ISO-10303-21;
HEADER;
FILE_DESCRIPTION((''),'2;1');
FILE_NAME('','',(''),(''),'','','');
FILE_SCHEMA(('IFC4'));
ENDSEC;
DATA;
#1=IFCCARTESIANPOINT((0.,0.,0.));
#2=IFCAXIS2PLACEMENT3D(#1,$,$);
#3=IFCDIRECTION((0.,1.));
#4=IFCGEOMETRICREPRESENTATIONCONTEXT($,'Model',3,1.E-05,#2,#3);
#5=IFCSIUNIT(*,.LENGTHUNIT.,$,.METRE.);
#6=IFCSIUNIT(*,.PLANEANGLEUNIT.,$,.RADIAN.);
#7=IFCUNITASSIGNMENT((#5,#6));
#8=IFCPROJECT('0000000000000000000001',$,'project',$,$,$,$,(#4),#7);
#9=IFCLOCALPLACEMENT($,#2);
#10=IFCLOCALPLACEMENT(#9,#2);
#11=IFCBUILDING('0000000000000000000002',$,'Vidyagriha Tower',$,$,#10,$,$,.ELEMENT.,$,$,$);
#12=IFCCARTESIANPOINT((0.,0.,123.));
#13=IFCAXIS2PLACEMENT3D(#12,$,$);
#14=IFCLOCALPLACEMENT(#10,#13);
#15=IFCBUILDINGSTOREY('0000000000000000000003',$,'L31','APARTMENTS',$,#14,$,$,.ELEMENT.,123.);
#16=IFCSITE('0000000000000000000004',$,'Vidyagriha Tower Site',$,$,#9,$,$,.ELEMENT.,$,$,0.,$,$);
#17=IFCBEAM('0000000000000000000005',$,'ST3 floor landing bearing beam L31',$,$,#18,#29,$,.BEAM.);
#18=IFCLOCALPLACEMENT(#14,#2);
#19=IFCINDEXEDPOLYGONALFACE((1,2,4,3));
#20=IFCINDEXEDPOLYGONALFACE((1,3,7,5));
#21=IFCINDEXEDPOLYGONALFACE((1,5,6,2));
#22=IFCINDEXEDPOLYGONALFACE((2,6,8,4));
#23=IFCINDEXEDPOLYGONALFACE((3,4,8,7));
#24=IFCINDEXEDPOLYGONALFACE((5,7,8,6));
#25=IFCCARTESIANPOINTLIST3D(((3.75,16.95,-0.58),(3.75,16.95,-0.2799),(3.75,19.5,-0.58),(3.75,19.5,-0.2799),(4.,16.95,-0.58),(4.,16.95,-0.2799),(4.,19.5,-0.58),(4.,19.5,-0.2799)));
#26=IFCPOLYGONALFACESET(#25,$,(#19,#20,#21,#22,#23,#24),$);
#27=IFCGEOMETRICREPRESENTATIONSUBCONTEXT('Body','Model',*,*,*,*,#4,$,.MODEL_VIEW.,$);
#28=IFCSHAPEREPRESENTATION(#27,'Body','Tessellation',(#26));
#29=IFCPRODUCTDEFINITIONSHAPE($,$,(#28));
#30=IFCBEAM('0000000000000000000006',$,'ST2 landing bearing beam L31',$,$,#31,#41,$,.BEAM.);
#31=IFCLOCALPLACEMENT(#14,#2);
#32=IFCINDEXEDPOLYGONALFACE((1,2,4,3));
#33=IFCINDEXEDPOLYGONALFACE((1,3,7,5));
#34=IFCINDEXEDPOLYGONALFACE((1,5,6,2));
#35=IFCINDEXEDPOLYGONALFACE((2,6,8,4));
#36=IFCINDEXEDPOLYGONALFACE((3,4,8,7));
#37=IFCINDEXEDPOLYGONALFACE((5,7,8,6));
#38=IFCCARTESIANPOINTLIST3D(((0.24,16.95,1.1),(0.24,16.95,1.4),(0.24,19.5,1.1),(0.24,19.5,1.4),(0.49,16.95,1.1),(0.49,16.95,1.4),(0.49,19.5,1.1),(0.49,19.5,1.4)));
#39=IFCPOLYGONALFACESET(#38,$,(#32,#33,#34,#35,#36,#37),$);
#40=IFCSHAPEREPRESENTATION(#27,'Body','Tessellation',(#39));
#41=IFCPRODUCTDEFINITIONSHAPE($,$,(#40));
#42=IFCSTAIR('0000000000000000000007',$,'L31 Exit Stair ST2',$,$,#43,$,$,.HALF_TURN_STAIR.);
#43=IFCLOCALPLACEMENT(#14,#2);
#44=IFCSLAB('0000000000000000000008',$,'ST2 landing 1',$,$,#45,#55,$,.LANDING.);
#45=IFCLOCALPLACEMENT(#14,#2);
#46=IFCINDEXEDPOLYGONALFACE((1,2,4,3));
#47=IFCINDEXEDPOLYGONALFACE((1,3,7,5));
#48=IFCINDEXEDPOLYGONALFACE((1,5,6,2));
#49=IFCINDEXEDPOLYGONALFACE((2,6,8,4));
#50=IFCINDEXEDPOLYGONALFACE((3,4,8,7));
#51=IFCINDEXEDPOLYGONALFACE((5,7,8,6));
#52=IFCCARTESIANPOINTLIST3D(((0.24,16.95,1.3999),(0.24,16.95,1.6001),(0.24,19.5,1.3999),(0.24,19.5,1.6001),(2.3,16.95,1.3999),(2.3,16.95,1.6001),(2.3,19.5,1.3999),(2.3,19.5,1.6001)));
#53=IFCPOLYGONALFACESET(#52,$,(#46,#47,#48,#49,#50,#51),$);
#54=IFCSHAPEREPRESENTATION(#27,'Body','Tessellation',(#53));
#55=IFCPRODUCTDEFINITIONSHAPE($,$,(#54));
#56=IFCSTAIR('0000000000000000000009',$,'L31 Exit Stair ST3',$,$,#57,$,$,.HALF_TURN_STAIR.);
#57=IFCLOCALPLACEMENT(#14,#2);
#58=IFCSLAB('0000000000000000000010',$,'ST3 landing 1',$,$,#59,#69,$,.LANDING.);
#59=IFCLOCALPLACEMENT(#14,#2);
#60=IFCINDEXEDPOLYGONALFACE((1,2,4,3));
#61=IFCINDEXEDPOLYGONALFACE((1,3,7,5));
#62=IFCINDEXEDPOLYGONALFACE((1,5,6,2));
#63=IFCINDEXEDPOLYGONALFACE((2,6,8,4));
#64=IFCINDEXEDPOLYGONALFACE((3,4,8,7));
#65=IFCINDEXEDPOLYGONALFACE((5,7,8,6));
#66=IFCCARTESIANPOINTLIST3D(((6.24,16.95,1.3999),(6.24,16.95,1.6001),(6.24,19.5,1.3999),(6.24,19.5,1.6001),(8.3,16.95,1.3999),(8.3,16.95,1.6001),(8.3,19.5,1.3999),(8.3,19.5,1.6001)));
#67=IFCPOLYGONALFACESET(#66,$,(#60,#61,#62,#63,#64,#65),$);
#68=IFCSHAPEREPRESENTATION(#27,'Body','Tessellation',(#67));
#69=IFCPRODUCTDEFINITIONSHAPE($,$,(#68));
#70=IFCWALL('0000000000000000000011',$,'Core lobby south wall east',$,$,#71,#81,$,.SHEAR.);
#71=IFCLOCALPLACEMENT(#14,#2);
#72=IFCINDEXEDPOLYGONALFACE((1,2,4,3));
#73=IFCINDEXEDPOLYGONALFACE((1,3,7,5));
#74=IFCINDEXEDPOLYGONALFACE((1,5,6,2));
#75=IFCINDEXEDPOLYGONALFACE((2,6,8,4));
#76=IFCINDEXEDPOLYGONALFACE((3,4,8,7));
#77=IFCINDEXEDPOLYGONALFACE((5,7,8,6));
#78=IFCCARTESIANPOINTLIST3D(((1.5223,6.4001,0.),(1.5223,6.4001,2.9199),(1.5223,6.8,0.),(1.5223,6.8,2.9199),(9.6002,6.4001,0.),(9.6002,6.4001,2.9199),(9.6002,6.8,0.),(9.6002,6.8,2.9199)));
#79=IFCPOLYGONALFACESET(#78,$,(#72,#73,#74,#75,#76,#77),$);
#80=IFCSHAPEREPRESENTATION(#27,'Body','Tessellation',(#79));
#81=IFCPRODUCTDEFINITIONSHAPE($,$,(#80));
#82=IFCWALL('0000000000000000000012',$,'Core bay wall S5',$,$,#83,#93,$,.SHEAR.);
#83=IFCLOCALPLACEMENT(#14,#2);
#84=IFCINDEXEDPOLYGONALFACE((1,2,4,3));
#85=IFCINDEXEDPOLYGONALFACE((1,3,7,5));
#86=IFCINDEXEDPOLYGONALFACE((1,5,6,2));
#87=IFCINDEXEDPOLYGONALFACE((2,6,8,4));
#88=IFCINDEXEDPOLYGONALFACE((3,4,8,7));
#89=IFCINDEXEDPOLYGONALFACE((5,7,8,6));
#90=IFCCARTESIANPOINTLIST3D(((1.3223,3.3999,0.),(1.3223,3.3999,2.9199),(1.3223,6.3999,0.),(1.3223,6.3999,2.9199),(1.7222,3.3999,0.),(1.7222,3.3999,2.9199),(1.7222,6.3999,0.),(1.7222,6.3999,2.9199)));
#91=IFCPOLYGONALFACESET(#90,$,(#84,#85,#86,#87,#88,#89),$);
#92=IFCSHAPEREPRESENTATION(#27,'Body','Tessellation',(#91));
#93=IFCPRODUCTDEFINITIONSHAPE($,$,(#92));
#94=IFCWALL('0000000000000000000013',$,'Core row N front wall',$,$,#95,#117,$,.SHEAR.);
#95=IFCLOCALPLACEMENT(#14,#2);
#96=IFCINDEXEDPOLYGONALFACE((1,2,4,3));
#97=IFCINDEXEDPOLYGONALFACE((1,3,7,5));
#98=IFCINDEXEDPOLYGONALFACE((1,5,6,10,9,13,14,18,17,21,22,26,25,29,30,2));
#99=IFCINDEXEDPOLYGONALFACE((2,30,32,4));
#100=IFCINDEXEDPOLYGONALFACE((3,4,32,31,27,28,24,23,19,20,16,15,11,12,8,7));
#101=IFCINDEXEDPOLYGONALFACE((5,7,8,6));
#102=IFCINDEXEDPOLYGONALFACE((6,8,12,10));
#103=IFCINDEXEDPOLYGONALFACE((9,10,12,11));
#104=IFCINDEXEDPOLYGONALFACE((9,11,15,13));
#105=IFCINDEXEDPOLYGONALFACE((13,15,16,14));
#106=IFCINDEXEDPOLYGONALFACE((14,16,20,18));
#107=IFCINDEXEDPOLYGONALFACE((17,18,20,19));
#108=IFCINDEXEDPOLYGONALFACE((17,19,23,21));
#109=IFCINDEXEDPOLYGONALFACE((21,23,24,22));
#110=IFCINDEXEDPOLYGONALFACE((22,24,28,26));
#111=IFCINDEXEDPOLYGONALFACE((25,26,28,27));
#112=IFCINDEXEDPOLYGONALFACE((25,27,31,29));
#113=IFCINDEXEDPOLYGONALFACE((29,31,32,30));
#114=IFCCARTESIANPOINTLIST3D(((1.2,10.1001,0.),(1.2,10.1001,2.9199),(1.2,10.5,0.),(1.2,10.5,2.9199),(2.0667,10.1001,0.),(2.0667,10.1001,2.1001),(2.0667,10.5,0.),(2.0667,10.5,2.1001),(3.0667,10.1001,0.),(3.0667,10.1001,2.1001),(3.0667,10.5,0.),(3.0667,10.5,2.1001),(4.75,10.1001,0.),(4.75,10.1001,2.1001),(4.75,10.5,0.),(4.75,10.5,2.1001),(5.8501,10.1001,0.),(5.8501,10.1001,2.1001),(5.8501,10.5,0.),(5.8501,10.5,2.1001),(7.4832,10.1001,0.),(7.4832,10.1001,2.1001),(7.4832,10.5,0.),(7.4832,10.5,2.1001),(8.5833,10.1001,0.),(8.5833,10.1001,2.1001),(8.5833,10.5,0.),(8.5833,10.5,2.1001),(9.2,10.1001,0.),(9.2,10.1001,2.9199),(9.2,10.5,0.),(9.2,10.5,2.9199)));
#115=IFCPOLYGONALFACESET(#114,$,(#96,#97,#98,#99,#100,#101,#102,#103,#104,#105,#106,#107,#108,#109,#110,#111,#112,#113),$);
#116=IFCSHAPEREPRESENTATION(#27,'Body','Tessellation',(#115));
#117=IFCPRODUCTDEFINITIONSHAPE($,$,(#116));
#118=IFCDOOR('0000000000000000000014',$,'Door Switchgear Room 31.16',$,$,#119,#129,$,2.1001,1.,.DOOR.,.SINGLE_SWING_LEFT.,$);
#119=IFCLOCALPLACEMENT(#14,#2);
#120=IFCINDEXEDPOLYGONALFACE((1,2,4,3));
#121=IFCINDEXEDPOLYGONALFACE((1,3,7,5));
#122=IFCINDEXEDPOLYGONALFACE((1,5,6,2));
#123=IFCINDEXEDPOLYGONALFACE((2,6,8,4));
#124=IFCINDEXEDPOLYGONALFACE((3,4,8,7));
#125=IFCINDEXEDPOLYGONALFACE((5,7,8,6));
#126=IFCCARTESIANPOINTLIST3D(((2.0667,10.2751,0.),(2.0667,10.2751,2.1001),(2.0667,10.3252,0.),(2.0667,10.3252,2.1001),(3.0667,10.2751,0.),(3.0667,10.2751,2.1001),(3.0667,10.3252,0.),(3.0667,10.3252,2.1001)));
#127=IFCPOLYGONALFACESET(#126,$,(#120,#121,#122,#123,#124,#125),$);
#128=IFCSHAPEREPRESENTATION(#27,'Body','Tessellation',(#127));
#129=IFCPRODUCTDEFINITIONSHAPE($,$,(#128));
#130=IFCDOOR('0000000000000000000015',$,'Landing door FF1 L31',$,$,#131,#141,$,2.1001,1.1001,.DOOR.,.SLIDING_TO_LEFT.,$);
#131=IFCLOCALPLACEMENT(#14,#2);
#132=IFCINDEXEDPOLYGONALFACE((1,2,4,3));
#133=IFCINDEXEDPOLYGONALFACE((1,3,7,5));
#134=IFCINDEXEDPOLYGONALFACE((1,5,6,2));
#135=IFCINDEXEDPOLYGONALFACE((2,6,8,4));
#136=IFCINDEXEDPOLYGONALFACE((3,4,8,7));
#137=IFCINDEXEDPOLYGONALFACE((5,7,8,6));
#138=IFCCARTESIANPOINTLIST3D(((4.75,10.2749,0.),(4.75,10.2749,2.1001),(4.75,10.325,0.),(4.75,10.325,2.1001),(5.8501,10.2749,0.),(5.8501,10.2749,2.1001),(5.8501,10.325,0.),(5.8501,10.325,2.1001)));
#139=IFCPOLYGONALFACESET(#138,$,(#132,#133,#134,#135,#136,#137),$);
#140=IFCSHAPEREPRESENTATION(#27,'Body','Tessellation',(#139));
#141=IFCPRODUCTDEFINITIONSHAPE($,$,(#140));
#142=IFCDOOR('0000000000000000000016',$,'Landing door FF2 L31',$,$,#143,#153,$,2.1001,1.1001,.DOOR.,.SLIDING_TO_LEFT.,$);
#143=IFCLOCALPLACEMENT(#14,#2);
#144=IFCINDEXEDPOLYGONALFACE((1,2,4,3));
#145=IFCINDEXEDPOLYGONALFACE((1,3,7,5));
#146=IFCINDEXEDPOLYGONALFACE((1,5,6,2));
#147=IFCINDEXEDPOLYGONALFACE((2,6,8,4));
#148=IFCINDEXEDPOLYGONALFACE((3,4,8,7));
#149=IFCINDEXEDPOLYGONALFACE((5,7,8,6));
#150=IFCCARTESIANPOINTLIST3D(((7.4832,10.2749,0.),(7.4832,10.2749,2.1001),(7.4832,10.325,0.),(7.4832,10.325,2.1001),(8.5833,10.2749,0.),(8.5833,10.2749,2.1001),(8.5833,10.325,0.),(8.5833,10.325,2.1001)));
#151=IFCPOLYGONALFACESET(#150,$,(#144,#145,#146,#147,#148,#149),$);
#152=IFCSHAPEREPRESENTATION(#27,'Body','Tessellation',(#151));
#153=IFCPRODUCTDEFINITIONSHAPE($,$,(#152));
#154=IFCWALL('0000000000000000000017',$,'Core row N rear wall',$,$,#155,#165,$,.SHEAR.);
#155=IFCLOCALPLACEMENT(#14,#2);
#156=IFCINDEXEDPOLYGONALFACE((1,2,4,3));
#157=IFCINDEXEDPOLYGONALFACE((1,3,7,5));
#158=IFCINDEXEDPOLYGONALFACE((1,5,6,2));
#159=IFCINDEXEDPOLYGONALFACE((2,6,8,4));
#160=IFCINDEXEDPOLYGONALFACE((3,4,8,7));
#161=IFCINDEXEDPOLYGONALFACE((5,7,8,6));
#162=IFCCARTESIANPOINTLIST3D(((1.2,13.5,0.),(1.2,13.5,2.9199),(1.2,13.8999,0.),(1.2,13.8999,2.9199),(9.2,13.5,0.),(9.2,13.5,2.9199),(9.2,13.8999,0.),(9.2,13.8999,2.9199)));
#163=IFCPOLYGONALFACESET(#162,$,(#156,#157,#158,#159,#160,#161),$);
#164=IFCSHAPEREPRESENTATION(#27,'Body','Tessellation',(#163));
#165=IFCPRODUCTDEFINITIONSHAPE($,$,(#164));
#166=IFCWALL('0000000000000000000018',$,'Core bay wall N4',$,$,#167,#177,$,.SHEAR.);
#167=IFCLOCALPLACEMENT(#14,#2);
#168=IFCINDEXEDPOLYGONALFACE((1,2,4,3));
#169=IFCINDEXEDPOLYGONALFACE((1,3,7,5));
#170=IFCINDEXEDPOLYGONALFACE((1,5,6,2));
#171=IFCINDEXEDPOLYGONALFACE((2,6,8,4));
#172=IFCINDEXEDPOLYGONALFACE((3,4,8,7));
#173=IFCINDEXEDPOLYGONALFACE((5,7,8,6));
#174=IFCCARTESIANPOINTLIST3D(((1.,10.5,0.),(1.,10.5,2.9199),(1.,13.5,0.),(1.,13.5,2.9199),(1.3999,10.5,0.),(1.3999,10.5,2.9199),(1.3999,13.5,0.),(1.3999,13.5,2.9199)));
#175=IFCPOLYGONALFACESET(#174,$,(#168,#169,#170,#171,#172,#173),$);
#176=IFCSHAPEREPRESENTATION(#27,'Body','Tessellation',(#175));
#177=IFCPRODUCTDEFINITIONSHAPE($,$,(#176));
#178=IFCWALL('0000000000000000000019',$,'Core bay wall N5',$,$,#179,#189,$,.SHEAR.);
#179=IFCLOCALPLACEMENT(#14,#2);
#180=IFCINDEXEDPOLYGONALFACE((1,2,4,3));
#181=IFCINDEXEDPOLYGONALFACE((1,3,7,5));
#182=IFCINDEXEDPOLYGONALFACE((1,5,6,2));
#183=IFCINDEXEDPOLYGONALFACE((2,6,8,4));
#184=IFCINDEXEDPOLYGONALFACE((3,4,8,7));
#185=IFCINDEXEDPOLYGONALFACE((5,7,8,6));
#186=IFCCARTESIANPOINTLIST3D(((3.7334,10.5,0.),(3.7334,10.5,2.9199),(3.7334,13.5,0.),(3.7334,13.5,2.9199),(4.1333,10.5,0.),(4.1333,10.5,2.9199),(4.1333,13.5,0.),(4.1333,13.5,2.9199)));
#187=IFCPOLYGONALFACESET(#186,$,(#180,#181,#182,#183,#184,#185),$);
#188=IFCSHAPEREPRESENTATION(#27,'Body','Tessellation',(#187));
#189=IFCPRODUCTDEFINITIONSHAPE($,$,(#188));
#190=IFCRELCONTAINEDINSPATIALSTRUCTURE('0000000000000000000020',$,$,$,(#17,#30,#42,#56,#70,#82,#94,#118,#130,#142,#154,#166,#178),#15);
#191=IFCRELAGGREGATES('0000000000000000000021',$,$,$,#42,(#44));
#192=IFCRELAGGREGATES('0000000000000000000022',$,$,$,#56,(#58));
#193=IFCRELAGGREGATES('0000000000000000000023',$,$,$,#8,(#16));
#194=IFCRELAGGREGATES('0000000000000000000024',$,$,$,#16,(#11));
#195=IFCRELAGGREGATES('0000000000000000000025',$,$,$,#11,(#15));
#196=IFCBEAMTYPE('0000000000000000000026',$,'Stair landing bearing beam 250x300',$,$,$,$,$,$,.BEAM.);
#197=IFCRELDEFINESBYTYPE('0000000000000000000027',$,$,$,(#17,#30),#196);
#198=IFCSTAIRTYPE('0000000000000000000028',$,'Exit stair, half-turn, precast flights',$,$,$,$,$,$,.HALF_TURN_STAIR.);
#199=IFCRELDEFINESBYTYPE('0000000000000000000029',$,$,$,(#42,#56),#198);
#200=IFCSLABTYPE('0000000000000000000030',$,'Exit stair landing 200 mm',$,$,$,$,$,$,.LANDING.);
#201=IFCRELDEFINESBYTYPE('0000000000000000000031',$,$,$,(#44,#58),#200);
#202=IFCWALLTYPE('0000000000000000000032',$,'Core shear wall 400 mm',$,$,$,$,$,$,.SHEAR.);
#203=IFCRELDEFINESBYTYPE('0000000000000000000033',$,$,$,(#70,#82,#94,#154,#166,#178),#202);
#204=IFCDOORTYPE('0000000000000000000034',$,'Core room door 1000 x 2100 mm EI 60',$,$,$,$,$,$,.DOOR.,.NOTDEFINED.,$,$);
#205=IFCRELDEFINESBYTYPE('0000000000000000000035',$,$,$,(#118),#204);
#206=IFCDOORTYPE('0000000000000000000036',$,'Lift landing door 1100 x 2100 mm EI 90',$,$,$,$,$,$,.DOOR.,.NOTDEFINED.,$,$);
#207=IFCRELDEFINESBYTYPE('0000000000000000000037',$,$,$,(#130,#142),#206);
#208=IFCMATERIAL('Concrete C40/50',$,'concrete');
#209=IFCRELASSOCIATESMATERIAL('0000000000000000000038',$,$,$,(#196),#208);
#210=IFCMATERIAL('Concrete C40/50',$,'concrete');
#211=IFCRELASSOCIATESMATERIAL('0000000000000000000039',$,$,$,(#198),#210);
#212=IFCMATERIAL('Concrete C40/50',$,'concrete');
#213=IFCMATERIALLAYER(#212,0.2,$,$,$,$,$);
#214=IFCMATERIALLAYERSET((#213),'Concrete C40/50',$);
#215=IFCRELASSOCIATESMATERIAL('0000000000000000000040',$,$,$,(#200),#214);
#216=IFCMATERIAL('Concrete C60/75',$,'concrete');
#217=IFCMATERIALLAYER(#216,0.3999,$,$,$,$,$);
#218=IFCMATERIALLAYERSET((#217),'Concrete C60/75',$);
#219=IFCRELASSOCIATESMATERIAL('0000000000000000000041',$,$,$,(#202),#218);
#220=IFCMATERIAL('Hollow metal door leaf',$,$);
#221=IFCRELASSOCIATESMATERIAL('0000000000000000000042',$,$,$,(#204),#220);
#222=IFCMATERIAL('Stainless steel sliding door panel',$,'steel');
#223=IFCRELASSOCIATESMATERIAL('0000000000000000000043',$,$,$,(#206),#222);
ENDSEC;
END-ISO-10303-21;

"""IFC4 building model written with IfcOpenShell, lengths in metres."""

from ifc_helpers import new_model, si_unit, direction, frame, frame_2d, origin, origin_2d, place, context, subcontext, project, spatial, polyline, rectangle, outline, extrude, material, layer, layer_set, material_profile, profile_set, type_object, element, fill, aggregate, save


model = new_model("IFC4")

# Units and contexts
model_context = context("Model", 3, precision=1e-05, world=origin(), true_north=direction((0.0, 1.0)))
body_context = subcontext(model_context, "Body", "Model", "MODEL_VIEW")
ifc_project = project(units=[si_unit("LENGTHUNIT", "METRE"), si_unit("PLANEANGLEUNIT", "RADIAN")], contexts=[model_context])

# Site, building, storey
site_placement = place(None, origin())
site = spatial("IfcSite", under=ifc_project, at=site_placement, Name="Vidyagriha Tower Site", CompositionType="ELEMENT", RefElevation=0.0)
building_placement = place(site_placement, origin())
building = spatial("IfcBuilding", under=site, at=building_placement, Name="Vidyagriha Tower", CompositionType="ELEMENT")
storey_placement = place(building_placement, frame((0.0, 0.0, 123.0)))
storey = spatial("IfcBuildingStorey", under=building, at=storey_placement, Name="L31", Description="APARTMENTS", CompositionType="ELEMENT", Elevation=123.0)

# Beams
ifc_material_1 = material(Name="Concrete C40/50", Category="concrete")
ifc_material_profile = material_profile(ifc_material_1, rectangle(XDim=0.25, YDim=0.3, at=origin_2d()), Name="Stair landing bearing beam 250x300")
ifc_profile_set = profile_set([ifc_material_profile], Name="Concrete C40/50")
beam_type = type_object("IfcBeamType", Name="Stair landing bearing beam 250x300", PredefinedType="BEAM", material=ifc_profile_set)
for number, where, z_axis, x_axis, name in (
    (1, (3.875, 16.95, -0.4299), (0.0, 1.0, 0.0), (-1.0, 0.0, 0.0), "ST3 floor landing bearing beam L31"),
    (2, (0.365, 16.95, 1.25), (0.0, 1.0, 0.0), (-1.0, 0.0, 0.0), "ST2 landing bearing beam L31"),
):
    element("IfcBeam", number, at=place(storey_placement, frame(where, z_axis=z_axis, x_axis=x_axis)), inside=storey, type_object=beam_type, Name=name, PredefinedType="BEAM", context=body_context, shape_type="SweptSolid", body=[
        extrude(rectangle(XDim=0.25, YDim=0.3, at=origin_2d()), origin(), (0.0, 0.0, 1.0), 2.55),
    ])

# Stairs, slabs
ifc_material_2 = material(Name="Concrete C40/50", Category="concrete")
stair_type = type_object("IfcStairType", Name="Exit stair, half-turn, precast flights", PredefinedType="HALF_TURN_STAIR", material=ifc_material_2)
stair_1_placement = place(storey_placement, origin())
stair_1 = element("IfcStair", 3, at=stair_1_placement, inside=storey, type_object=stair_type, Name="L31 Exit Stair ST2", PredefinedType="HALF_TURN_STAIR")
ifc_material_3 = material(Name="Concrete C40/50", Category="concrete")
ifc_layer_1 = layer(ifc_material_3, 0.2)
ifc_layer_set_1 = layer_set([ifc_layer_1], Name="Concrete C40/50")
slab_type = type_object("IfcSlabType", Name="Exit stair landing 200 mm", PredefinedType="LANDING", material=ifc_layer_set_1)
slab_1_placement = place(storey_placement, frame((0.0, 0.0, 1.3999)))
slab_1 = element("IfcSlab", 4, at=slab_1_placement, type_object=slab_type, Name="ST2 landing 1", PredefinedType="LANDING", context=body_context, shape_type="SweptSolid", body=[
    extrude(outline(polyline([(0.24, 16.95), (2.3, 16.95), (2.3, 19.5), (0.24, 19.5), (0.24, 16.95)])), origin(), (0.0, 0.0, 1.0), 0.2002),
])
aggregate(stair_1, [slab_1])
stair_2_placement = place(storey_placement, origin())
stair_2 = element("IfcStair", 5, at=stair_2_placement, inside=storey, type_object=stair_type, Name="L31 Exit Stair ST3", PredefinedType="HALF_TURN_STAIR")
slab_2_placement = place(storey_placement, frame((0.0, 0.0, 1.3999)))
slab_2 = element("IfcSlab", 6, at=slab_2_placement, type_object=slab_type, Name="ST3 landing 1", PredefinedType="LANDING", context=body_context, shape_type="SweptSolid", body=[
    extrude(outline(polyline([(6.24, 16.95), (8.3, 16.95), (8.3, 19.5), (6.24, 19.5), (6.24, 16.95)])), origin(), (0.0, 0.0, 1.0), 0.2002),
])
aggregate(stair_2, [slab_2])

# Walls
ifc_material_4 = material(Name="Concrete C60/75", Category="concrete")
ifc_layer_2 = layer(ifc_material_4, 0.3999)
ifc_layer_set_2 = layer_set([ifc_layer_2], Name="Concrete C60/75")
wall_type_1 = type_object("IfcWallType", Name="Core shear wall 400 mm", PredefinedType="SHEAR", material=ifc_layer_set_2)
wall_1_placement = place(storey_placement, frame((1.5222, 6.6001, 0.0)))
element("IfcWall", 7, at=wall_1_placement, inside=storey, type_object=wall_type_1, Name="Core lobby south wall east", PredefinedType="SHEAR", context=body_context, shape_type="SweptSolid", body=[
    extrude(rectangle(XDim=8.0779, YDim=0.3999, at=frame_2d((4.0391, 0.0))), origin(), (0.0, 0.0, 1.0), 2.9199),
])
wall_2_placement = place(storey_placement, frame((1.5222, 3.3999, 0.0), z_axis=(0.0, 0.0, 1.0), x_axis=(0.0, 1.0, 0.0)))
element("IfcWall", 8, at=wall_2_placement, inside=storey, type_object=wall_type_1, Name="Core bay wall S5", PredefinedType="SHEAR", context=body_context, shape_type="SweptSolid", body=[
    extrude(rectangle(XDim=3.0, YDim=0.3999, at=frame_2d((1.5, 0.0))), origin(), (0.0, 0.0, 1.0), 2.9199),
])

# Wall, openings, doors
wall_3_placement = place(storey_placement, frame((1.2, 10.3, 0.0)))
wall_3 = element("IfcWall", 9, at=wall_3_placement, inside=storey, type_object=wall_type_1, Name="Core row N front wall", PredefinedType="SHEAR", context=body_context, shape_type="SweptSolid", body=[
    extrude(rectangle(XDim=8.0, YDim=0.3999, at=frame_2d((4.0, 0.0))), origin(), (0.0, 0.0, 1.0), 2.9199),
])
opening_1_placement = place(wall_3_placement, frame((3.55, 0.0, 0.0)))
opening_1 = element("IfcOpeningElement", 10, at=opening_1_placement, cuts=wall_3, PredefinedType="OPENING", context=body_context, shape_type="SweptSolid", body=[
    extrude(rectangle(XDim=1.1001, YDim=2.1001, at=frame_2d((0.55, 1.05))), frame((0.0, 0.21, 0.0), z_axis=(0.0, -1.0, 0.0), x_axis=(1.0, 0.0, 0.0)), (0.0, 0.0, 1.0), 0.4199),
])
opening_2_placement = place(wall_3_placement, frame((6.2832, 0.0, 0.0)))
opening_2 = element("IfcOpeningElement", 11, at=opening_2_placement, cuts=wall_3, PredefinedType="OPENING", context=body_context, shape_type="SweptSolid", body=[
    extrude(rectangle(XDim=1.1001, YDim=2.1001, at=frame_2d((0.55, 1.05))), frame((0.0, 0.21, 0.0), z_axis=(0.0, -1.0, 0.0), x_axis=(1.0, 0.0, 0.0)), (0.0, 0.0, 1.0), 0.4199),
])
opening_3_placement = place(wall_3_placement, frame((0.8667, 0.0, 0.0)))
opening_3 = element("IfcOpeningElement", 12, at=opening_3_placement, cuts=wall_3, PredefinedType="OPENING", context=body_context, shape_type="SweptSolid", body=[
    extrude(rectangle(XDim=1.0, YDim=2.1001, at=frame_2d((0.5, 1.05))), frame((0.0, 0.21, 0.0), z_axis=(0.0, -1.0, 0.0), x_axis=(1.0, 0.0, 0.0)), (0.0, 0.0, 1.0), 0.4199),
])
ifc_material_5 = material(Name="Hollow metal door leaf")
door_type_1 = type_object("IfcDoorType", Name="Core room door 1000 x 2100 mm EI 60", OperationType="NOTDEFINED", PredefinedType="DOOR", material=ifc_material_5)
door_1_placement = place(opening_3_placement, frame((1.0, 0.0, 0.0), z_axis=(0.0, 0.0, 1.0), x_axis=(-1.0, 0.0, 0.0)))
door_1 = element("IfcDoor", 13, at=door_1_placement, inside=storey, type_object=door_type_1, Name="Door Switchgear Room 31.16", OperationType="SINGLE_SWING_LEFT", OverallHeight=2.1001, OverallWidth=1.0, PredefinedType="DOOR", context=body_context, shape_type="SweptSolid", body=[
    extrude(rectangle(XDim=1.0, YDim=2.1001, at=frame_2d((0.5, 1.05))), frame((0.0, 0.0249, 0.0), z_axis=(0.0, -1.0, 0.0), x_axis=(1.0, 0.0, 0.0)), (0.0, 0.0, 1.0), 0.05),
])
fill(opening_3, door_1)
ifc_material_6 = material(Name="Stainless steel sliding door panel", Category="steel")
door_type_2 = type_object("IfcDoorType", Name="Lift landing door 1100 x 2100 mm EI 90", OperationType="NOTDEFINED", PredefinedType="DOOR", material=ifc_material_6)
door_2_placement = place(opening_1_placement, origin())
door_2 = element("IfcDoor", 14, at=door_2_placement, inside=storey, type_object=door_type_2, Name="Landing door FF1 L31", OperationType="SLIDING_TO_LEFT", OverallHeight=2.1001, OverallWidth=1.1001, PredefinedType="DOOR", context=body_context, shape_type="SweptSolid", body=[
    extrude(rectangle(XDim=1.1001, YDim=2.1001, at=frame_2d((0.55, 1.05))), frame((0.0, 0.0249, 0.0), z_axis=(0.0, -1.0, 0.0), x_axis=(1.0, 0.0, 0.0)), (0.0, 0.0, 1.0), 0.05),
])
fill(opening_1, door_2)
door_3_placement = place(opening_2_placement, origin())
door_3 = element("IfcDoor", 15, at=door_3_placement, inside=storey, type_object=door_type_2, Name="Landing door FF2 L31", OperationType="SLIDING_TO_LEFT", OverallHeight=2.1001, OverallWidth=1.1001, PredefinedType="DOOR", context=body_context, shape_type="SweptSolid", body=[
    extrude(rectangle(XDim=1.1001, YDim=2.1001, at=frame_2d((0.55, 1.05))), frame((0.0, 0.0249, 0.0), z_axis=(0.0, -1.0, 0.0), x_axis=(1.0, 0.0, 0.0)), (0.0, 0.0, 1.0), 0.05),
])
fill(opening_2, door_3)

# Walls
wall_4_placement = place(storey_placement, frame((1.2, 13.7, 0.0)))
element("IfcWall", 16, at=wall_4_placement, inside=storey, type_object=wall_type_1, Name="Core row N rear wall", PredefinedType="SHEAR", context=body_context, shape_type="SweptSolid", body=[
    extrude(rectangle(XDim=8.0, YDim=0.3999, at=frame_2d((4.0, 0.0))), origin(), (0.0, 0.0, 1.0), 2.9199),
])
for number, where, z_axis, x_axis, name in (
    (17, (1.2, 10.5, 0.0), (0.0, 0.0, 1.0), (0.0, 1.0, 0.0), "Core bay wall N4"),
    (18, (3.9333, 10.5, 0.0), (0.0, 0.0, 1.0), (0.0, 1.0, 0.0), "Core bay wall N5"),
):
    element("IfcWall", number, at=place(storey_placement, frame(where, z_axis=z_axis, x_axis=x_axis)), inside=storey, type_object=wall_type_1, Name=name, PredefinedType="SHEAR", context=body_context, shape_type="SweptSolid", body=[
        extrude(rectangle(XDim=3.0, YDim=0.3999, at=frame_2d((1.5, 0.0))), origin(), (0.0, 0.0, 1.0), 2.9199),
    ])

save(model, "model.ifc")
